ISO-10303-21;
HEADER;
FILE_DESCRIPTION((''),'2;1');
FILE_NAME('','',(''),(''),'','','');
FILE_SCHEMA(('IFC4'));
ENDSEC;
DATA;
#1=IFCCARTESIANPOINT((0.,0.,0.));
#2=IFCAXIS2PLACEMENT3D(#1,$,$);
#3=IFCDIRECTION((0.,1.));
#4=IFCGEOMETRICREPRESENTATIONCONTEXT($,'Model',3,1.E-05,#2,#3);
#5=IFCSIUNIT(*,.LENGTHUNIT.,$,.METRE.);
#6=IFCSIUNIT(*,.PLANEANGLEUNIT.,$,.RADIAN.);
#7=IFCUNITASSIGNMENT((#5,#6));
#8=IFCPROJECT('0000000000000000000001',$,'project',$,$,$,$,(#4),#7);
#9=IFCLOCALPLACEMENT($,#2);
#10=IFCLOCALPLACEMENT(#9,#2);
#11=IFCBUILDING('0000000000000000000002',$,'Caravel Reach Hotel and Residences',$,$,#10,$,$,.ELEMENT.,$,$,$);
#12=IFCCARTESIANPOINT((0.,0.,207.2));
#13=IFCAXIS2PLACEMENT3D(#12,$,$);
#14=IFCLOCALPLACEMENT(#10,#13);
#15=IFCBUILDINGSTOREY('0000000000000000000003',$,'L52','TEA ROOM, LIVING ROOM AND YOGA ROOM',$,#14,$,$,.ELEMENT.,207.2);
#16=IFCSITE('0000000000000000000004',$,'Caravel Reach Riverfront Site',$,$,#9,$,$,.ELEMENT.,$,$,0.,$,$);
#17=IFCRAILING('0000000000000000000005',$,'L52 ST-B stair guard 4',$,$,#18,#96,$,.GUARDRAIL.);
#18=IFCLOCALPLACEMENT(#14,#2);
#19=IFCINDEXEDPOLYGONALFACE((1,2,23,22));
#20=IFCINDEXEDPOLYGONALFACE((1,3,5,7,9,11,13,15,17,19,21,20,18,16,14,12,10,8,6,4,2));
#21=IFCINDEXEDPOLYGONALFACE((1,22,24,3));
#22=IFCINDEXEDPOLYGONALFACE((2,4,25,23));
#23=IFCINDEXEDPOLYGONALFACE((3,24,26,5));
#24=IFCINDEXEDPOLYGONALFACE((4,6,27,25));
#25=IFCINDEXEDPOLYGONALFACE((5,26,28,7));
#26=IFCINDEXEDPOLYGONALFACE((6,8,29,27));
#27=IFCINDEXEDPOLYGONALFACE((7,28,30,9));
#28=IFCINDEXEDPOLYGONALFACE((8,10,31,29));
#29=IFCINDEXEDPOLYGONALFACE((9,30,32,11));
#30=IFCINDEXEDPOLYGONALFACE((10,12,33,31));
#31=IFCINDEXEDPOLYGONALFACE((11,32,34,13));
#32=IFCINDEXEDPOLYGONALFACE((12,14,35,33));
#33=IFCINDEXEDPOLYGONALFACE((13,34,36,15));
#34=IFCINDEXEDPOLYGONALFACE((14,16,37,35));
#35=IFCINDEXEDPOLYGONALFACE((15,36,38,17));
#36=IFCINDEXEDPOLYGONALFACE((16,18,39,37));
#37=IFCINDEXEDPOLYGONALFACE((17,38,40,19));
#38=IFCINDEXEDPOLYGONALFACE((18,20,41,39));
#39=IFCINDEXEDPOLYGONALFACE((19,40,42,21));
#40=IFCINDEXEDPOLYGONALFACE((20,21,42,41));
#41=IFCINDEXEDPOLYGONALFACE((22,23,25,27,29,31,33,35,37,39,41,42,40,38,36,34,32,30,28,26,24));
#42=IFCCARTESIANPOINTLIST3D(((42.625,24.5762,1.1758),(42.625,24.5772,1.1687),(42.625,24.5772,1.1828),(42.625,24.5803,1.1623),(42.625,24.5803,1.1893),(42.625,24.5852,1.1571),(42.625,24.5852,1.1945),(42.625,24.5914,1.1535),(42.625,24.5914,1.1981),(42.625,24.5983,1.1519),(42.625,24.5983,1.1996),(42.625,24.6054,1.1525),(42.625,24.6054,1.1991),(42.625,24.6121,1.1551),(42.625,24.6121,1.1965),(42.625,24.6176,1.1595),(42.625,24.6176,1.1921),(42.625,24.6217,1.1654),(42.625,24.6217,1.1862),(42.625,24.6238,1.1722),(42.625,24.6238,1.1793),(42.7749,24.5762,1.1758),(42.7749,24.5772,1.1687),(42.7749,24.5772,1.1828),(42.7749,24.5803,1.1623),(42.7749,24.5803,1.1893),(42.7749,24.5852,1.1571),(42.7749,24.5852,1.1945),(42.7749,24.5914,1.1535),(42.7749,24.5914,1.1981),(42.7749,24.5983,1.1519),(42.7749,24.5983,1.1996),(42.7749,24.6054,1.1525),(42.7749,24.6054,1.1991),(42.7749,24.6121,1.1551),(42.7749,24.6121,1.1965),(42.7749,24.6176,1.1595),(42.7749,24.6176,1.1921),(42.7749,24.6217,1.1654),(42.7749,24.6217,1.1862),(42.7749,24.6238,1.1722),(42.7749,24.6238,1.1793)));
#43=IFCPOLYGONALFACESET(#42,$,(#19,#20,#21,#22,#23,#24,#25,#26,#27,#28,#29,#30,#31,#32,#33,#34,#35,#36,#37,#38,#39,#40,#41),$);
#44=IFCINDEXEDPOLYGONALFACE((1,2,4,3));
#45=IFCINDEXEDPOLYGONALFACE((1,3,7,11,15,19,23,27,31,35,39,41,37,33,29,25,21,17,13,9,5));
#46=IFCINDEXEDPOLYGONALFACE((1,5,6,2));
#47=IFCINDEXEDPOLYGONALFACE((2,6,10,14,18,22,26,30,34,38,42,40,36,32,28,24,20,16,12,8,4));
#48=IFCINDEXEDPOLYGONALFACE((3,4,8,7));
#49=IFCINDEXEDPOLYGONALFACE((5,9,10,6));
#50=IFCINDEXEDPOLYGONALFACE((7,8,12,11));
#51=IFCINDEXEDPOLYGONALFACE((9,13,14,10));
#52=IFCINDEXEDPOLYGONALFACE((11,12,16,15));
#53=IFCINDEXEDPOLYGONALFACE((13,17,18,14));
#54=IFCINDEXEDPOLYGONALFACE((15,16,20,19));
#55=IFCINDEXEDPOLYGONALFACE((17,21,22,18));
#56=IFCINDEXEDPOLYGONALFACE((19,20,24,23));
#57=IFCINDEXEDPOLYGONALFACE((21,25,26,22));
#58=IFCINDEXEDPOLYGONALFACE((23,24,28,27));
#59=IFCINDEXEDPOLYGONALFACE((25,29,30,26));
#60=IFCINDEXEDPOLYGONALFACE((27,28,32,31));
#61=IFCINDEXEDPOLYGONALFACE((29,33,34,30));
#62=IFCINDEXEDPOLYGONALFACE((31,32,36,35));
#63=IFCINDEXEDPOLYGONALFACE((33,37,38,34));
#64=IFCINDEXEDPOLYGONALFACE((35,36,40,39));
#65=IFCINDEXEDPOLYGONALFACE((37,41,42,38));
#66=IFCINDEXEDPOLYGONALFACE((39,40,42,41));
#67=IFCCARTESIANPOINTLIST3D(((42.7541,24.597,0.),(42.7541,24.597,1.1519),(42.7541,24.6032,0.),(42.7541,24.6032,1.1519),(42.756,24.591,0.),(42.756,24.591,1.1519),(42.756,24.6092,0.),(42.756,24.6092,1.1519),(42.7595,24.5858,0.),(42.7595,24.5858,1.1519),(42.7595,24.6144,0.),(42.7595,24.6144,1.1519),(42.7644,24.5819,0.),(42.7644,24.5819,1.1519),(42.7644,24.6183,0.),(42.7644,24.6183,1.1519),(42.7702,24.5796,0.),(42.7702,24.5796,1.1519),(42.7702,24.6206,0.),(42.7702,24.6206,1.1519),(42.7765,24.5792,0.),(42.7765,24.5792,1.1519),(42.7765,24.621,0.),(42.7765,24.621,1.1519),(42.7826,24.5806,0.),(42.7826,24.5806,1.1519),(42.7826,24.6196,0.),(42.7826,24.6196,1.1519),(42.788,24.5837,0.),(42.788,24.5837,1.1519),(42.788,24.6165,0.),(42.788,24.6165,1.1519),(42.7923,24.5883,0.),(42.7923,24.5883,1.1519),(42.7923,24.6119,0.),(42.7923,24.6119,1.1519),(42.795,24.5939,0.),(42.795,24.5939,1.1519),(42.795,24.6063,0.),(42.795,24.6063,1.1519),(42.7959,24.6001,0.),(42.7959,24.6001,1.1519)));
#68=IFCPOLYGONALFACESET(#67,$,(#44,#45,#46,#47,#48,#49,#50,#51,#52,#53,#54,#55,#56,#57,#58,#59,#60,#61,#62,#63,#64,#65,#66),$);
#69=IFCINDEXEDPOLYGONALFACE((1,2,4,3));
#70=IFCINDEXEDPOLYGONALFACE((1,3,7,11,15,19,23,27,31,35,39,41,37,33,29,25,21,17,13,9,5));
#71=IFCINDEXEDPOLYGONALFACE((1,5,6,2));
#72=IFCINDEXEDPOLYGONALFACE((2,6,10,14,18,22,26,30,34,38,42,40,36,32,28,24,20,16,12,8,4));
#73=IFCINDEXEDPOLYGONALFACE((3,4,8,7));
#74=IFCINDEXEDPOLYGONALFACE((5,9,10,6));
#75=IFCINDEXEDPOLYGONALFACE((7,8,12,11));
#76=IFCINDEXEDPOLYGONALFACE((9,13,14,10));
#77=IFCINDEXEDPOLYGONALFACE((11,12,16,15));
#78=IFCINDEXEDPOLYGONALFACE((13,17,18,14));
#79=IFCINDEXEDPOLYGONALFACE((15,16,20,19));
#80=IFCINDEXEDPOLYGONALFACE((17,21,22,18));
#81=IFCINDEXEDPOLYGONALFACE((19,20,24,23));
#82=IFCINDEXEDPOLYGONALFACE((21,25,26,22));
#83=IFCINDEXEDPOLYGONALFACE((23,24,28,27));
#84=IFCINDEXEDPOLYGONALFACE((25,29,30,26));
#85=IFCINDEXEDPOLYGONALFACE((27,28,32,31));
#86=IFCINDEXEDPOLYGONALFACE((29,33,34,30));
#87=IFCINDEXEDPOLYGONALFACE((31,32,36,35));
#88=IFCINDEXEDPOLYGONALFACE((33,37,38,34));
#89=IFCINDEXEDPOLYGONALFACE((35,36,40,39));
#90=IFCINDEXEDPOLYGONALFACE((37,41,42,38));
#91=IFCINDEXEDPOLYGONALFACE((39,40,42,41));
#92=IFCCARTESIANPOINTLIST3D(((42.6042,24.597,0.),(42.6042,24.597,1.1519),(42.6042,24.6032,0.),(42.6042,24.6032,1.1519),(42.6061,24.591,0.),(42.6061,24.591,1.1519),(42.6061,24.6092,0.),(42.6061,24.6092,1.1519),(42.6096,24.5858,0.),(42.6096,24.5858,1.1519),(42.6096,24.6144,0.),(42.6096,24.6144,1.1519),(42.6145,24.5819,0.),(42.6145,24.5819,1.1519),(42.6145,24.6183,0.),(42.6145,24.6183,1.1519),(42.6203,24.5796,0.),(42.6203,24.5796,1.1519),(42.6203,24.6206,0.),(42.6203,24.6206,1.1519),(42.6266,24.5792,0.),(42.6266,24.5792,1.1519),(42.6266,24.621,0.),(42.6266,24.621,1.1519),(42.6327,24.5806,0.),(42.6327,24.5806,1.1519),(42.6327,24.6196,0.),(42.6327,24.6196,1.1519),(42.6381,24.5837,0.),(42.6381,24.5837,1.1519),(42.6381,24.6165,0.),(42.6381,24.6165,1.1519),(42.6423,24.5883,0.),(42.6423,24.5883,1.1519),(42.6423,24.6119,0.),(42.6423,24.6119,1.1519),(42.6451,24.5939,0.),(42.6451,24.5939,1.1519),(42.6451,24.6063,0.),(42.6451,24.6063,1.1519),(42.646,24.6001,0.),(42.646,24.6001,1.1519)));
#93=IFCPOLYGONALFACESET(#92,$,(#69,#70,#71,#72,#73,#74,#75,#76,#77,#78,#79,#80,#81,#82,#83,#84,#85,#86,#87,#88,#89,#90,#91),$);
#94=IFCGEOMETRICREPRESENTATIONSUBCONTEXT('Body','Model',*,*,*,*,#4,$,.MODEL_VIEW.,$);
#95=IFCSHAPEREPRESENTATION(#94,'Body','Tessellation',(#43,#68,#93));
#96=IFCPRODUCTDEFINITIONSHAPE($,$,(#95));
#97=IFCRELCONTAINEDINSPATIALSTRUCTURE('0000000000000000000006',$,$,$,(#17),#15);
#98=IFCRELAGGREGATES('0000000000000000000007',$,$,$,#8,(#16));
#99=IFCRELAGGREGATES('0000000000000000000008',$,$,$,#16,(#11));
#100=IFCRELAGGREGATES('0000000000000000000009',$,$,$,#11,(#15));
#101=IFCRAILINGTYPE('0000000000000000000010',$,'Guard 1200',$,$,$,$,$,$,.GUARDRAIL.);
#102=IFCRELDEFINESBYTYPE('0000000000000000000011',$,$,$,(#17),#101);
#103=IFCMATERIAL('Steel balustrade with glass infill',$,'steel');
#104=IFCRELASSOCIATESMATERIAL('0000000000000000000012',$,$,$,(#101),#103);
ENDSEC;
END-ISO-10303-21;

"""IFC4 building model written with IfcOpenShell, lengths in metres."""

from ifc_helpers import new_model, si_unit, direction, frame, origin, origin_2d, place, context, subcontext, project, spatial, circle, extrude, material, type_object, element, save


model = new_model("IFC4")

# Units and contexts
model_context = context("Model", 3, precision=1e-05, world=origin(), true_north=direction((0.0, 1.0)))
body_context = subcontext(model_context, "Body", "Model", "MODEL_VIEW")
ifc_project = project(units=[si_unit("LENGTHUNIT", "METRE"), si_unit("PLANEANGLEUNIT", "RADIAN")], contexts=[model_context])

# Site, building, storey
site_placement = place(None, origin())
site = spatial("IfcSite", under=ifc_project, at=site_placement, Name="Caravel Reach Riverfront Site", CompositionType="ELEMENT", RefElevation=0.0)
building_placement = place(site_placement, origin())
building = spatial("IfcBuilding", under=site, at=building_placement, Name="Caravel Reach Hotel and Residences", CompositionType="ELEMENT")
storey_placement = place(building_placement, frame((0.0, 0.0, 207.2)))
storey = spatial("IfcBuildingStorey", under=building, at=storey_placement, Name="L52", Description="TEA ROOM, LIVING ROOM AND YOGA ROOM", CompositionType="ELEMENT", Elevation=207.2)

# Railing
ifc_material_1 = material(Name="Steel balustrade with glass infill", Category="steel")
railing_type_1 = type_object("IfcRailingType", Name="Guard 1200", PredefinedType="GUARDRAIL", material=ifc_material_1)
railing_1_placement = place(storey_placement, frame((42.7749, 24.6001, 0.0)))
element("IfcRailing", 1, at=railing_1_placement, inside=storey, type_object=railing_type_1, Name="L52 ST-B stair guard 4", PredefinedType="GUARDRAIL", context=body_context, shape_type="SweptSolid", body=[
    extrude(circle(Radius=0.0239, at=origin_2d()), frame((0.0, 0.0, 1.1758), z_axis=(-1.0, 0.0, 0.0), x_axis=(0.0, -1.0, 0.0)), (0.0, 0.0, 1.0), 0.1499),
    extrude(circle(Radius=0.021, at=origin_2d()), origin(), (0.0, 0.0, 1.0), 1.1519),
    extrude(circle(Radius=0.021, at=origin_2d()), frame((-0.1499, 0.0, 0.0)), (0.0, 0.0, 1.0), 1.1519),
])

save(model, "model.ifc")
